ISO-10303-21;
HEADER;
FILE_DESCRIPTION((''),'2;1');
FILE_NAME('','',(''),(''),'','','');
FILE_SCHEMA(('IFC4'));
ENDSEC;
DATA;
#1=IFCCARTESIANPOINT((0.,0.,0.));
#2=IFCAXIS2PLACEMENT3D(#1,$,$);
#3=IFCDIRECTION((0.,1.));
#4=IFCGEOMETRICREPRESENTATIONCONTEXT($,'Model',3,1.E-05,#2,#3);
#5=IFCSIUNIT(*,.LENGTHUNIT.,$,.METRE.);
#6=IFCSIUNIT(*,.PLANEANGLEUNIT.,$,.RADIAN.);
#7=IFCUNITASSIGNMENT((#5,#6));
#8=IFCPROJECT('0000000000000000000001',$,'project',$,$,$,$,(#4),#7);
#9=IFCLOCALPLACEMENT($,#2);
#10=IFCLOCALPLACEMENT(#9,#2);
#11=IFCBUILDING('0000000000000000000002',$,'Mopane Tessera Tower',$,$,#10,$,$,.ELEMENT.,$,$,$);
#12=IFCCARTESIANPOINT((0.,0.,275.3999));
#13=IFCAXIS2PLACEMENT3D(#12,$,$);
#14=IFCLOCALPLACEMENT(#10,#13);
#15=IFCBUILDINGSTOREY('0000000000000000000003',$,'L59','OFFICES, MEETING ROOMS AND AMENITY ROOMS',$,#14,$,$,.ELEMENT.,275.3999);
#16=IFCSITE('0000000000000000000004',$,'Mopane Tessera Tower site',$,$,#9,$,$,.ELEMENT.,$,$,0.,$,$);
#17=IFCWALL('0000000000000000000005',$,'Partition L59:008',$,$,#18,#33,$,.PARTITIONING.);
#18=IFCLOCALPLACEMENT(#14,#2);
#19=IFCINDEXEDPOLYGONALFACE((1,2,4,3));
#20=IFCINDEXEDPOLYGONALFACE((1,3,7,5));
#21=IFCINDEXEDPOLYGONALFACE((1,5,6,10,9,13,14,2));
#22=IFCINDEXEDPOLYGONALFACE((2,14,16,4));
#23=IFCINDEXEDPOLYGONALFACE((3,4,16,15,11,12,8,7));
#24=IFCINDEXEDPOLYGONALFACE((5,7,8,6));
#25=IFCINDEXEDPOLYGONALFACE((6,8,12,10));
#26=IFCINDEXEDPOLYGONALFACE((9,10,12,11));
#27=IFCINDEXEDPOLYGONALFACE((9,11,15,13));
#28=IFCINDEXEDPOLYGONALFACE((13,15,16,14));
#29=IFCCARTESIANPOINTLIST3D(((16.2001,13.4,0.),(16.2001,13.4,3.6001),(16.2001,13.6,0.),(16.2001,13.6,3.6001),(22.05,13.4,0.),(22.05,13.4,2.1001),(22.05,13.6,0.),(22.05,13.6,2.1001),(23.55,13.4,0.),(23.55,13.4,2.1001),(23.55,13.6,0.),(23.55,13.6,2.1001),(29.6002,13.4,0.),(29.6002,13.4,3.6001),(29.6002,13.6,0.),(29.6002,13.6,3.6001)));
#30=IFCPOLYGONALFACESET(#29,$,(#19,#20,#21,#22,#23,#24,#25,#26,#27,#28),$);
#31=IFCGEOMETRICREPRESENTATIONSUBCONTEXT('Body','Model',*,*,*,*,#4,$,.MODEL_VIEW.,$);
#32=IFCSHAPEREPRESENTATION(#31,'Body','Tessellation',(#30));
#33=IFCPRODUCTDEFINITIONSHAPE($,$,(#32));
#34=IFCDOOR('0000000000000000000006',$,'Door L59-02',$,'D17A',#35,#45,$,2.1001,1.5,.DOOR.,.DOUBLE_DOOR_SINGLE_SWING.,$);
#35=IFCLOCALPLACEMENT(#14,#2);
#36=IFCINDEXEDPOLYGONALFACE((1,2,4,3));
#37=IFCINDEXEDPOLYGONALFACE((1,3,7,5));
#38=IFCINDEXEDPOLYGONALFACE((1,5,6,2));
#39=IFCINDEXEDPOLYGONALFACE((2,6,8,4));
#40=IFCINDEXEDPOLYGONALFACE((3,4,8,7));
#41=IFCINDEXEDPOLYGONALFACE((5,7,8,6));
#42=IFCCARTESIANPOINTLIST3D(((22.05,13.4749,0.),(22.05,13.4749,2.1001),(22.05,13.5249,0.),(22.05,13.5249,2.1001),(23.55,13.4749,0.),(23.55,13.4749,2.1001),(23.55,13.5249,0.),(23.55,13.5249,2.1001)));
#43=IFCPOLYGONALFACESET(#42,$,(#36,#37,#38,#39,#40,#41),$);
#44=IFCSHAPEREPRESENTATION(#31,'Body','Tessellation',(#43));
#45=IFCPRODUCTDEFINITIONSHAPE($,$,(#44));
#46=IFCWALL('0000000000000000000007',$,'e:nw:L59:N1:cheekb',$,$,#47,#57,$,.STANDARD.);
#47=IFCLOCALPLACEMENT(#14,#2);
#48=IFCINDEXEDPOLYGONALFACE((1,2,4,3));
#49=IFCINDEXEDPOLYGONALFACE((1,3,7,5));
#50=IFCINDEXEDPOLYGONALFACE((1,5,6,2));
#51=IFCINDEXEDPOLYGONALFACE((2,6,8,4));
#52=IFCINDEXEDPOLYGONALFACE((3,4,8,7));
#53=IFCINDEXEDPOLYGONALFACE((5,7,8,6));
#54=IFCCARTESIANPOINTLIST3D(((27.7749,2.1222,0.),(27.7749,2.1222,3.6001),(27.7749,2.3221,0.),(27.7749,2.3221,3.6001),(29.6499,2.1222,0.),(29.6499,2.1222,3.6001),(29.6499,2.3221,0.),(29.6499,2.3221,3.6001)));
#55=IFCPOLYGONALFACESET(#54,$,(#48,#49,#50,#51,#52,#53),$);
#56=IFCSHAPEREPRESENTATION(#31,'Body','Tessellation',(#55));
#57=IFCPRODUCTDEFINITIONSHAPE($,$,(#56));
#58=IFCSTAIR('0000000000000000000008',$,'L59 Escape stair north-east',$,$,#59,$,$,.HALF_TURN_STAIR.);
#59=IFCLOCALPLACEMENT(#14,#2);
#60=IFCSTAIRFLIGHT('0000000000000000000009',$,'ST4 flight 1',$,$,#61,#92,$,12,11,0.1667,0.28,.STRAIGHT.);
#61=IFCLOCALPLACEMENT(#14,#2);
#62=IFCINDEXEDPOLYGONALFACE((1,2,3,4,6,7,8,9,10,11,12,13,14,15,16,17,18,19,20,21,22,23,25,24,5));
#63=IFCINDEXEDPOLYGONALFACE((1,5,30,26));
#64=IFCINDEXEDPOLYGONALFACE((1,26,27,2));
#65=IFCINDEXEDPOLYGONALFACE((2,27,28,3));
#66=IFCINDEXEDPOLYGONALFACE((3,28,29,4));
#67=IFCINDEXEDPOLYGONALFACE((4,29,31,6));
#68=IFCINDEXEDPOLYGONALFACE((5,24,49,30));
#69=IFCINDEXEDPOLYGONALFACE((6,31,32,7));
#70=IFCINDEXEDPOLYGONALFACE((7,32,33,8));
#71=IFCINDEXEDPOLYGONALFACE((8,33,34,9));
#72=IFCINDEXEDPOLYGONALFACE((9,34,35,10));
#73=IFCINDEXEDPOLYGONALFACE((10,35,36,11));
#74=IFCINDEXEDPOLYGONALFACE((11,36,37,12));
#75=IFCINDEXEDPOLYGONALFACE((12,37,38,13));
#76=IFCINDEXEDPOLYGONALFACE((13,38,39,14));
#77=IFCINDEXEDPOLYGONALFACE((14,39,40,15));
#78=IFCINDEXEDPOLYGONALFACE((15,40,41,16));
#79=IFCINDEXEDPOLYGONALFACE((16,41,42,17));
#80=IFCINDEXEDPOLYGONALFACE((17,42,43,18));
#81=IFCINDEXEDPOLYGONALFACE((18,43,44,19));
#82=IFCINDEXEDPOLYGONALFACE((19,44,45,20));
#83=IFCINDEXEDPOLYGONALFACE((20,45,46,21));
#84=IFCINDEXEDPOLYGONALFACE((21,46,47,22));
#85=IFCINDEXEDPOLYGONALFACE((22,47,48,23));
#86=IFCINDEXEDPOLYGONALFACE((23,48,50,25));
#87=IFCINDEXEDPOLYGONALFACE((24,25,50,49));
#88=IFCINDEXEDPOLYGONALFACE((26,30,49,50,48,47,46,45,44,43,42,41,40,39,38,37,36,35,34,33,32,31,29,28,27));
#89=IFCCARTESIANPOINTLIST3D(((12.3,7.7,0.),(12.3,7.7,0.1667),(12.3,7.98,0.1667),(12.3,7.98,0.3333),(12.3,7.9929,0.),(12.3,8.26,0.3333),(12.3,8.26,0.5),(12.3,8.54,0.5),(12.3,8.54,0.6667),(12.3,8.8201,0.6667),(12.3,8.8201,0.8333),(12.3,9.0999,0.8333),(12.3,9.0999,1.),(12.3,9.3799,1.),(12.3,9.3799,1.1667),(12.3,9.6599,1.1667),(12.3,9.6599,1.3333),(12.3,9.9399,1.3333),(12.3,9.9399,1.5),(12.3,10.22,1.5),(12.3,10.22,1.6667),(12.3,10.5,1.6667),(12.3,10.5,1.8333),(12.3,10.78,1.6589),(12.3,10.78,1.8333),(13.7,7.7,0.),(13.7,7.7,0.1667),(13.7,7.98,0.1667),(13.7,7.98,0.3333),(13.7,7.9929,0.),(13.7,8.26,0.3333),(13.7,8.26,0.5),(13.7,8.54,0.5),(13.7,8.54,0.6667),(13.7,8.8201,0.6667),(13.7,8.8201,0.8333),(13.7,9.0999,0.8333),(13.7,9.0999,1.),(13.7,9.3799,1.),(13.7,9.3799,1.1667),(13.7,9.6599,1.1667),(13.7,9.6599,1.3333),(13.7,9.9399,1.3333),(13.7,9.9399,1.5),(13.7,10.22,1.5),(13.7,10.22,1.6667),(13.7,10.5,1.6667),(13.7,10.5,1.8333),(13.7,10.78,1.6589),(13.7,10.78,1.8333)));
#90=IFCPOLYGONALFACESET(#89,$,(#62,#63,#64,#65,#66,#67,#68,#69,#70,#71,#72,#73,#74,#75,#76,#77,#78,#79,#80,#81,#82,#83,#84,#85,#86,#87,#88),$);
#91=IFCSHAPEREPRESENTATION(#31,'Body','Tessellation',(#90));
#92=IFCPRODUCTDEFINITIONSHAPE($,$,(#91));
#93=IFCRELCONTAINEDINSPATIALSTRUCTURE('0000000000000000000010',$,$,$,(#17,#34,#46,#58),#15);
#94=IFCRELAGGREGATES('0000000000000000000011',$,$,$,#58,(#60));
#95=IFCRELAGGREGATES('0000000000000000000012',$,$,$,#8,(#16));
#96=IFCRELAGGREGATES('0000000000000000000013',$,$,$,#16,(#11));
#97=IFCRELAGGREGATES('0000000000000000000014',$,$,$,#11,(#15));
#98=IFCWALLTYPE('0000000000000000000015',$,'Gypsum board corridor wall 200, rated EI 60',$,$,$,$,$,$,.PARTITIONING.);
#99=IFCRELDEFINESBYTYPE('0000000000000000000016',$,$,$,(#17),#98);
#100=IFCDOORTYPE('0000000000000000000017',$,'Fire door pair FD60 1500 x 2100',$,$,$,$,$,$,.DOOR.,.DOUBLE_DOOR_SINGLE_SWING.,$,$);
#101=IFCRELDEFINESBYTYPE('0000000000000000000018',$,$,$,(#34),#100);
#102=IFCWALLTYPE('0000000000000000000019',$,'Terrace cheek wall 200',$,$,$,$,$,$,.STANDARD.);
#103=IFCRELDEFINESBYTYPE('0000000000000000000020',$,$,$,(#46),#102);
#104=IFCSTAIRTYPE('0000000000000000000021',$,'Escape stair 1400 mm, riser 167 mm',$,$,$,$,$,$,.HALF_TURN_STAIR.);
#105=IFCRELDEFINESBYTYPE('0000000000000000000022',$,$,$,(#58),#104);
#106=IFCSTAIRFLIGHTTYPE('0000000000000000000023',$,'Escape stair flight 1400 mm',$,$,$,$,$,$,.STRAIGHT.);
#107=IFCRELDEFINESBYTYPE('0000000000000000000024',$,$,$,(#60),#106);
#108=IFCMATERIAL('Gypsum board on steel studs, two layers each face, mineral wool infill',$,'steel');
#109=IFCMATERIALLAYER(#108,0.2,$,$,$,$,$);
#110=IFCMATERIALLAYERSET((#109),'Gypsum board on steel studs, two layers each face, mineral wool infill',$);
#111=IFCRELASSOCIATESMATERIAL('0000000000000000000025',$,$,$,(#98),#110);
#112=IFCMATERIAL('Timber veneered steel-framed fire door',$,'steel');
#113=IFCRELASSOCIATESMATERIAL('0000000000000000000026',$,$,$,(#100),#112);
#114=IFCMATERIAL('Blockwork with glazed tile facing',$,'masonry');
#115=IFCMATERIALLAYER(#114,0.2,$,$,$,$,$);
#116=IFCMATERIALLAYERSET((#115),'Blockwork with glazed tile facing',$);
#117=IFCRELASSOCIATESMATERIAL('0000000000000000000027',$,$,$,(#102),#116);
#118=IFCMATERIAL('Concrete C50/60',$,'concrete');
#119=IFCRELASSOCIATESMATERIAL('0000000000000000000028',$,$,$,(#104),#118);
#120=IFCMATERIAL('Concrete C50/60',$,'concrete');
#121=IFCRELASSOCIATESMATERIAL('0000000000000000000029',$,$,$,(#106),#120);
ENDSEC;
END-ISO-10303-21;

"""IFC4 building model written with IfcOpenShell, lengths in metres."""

from ifc_helpers import new_model, si_unit, direction, frame, frame_2d, origin, place, context, subcontext, project, spatial, polyline, rectangle, outline, extrude, material, layer, layer_set, type_object, element, fill, aggregate, save


model = new_model("IFC4")

# Units and contexts
model_context = context("Model", 3, precision=1e-05, world=origin(), true_north=direction((0.0, 1.0)))
body_context = subcontext(model_context, "Body", "Model", "MODEL_VIEW")
ifc_project = project(units=[si_unit("LENGTHUNIT", "METRE"), si_unit("PLANEANGLEUNIT", "RADIAN")], contexts=[model_context])

# Site, building, storey
site_placement = place(None, origin())
site = spatial("IfcSite", under=ifc_project, at=site_placement, Name="Mopane Tessera Tower site", CompositionType="ELEMENT", RefElevation=0.0)
building_placement = place(site_placement, origin())
building = spatial("IfcBuilding", under=site, at=building_placement, Name="Mopane Tessera Tower", CompositionType="ELEMENT")
storey_placement = place(building_placement, frame((0.0, 0.0, 275.3999)))
storey = spatial("IfcBuildingStorey", under=building, at=storey_placement, Name="L59", Description="OFFICES, MEETING ROOMS AND AMENITY ROOMS", CompositionType="ELEMENT", Elevation=275.3999)

# Wall, opening, door
ifc_material_1 = material(Name="Gypsum board on steel studs, two layers each face, mineral wool infill", Category="steel")
ifc_layer_1 = layer(ifc_material_1, 0.2)
ifc_layer_set_1 = layer_set([ifc_layer_1], Name="Gypsum board on steel studs, two layers each face, mineral wool infill")
wall_type_1 = type_object("IfcWallType", Name="Gypsum board corridor wall 200, rated EI 60", PredefinedType="PARTITIONING", material=ifc_layer_set_1)
wall_1_placement = place(storey_placement, frame((16.2, 13.5, 0.0), z_axis=(0.0, 0.0, 1.0), x_axis=(1.0, 0.0, 0.0)))
wall_1 = element("IfcWall", 1, at=wall_1_placement, inside=storey, type_object=wall_type_1, Name="Partition L59:008", PredefinedType="PARTITIONING", context=body_context, shape_type="SweptSolid", body=[
    extrude(rectangle(XDim=13.4001, YDim=0.2, at=frame_2d((6.7002, 0.0))), origin(), (0.0, 0.0, 1.0), 3.6001),
])
opening_placement = place(wall_1_placement, frame((5.8501, 0.0, 0.0)))
opening = element("IfcOpeningElement", 2, at=opening_placement, cuts=wall_1, PredefinedType="OPENING", context=body_context, shape_type="SweptSolid", body=[
    extrude(rectangle(XDim=1.5, YDim=2.1001, at=frame_2d((0.75, 1.05))), frame((0.0, 0.1121, 0.0), z_axis=(0.0, -1.0, 0.0), x_axis=(1.0, 0.0, 0.0)), (0.0, 0.0, 1.0), 0.2239),
])
ifc_material_2 = material(Name="Timber veneered steel-framed fire door", Category="steel")
door_type = type_object("IfcDoorType", Name="Fire door pair FD60 1500 x 2100", OperationType="DOUBLE_DOOR_SINGLE_SWING", PredefinedType="DOOR", material=ifc_material_2)
door_placement = place(opening_placement, origin())
door = element("IfcDoor", 3, at=door_placement, inside=storey, type_object=door_type, Name="Door L59-02", ObjectType="D17A", OperationType="DOUBLE_DOOR_SINGLE_SWING", OverallHeight=2.1001, OverallWidth=1.5, PredefinedType="DOOR", context=body_context, shape_type="SweptSolid", body=[
    extrude(rectangle(XDim=1.5, YDim=2.1001, at=frame_2d((0.75, 1.05))), frame((0.0, 0.0249, 0.0), z_axis=(0.0, -1.0, 0.0), x_axis=(1.0, 0.0, 0.0)), (0.0, 0.0, 1.0), 0.05),
])
fill(opening, door)

# Wall
ifc_material_3 = material(Name="Blockwork with glazed tile facing", Category="masonry")
ifc_layer_2 = layer(ifc_material_3, 0.2)
ifc_layer_set_2 = layer_set([ifc_layer_2], Name="Blockwork with glazed tile facing")
wall_type_2 = type_object("IfcWallType", Name="Terrace cheek wall 200", PredefinedType="STANDARD", material=ifc_layer_set_2)
wall_2_placement = place(storey_placement, frame((29.6499, 2.2222, 0.0), z_axis=(0.0, 0.0, 1.0), x_axis=(-1.0, 0.0, 0.0)))
element("IfcWall", 4, at=wall_2_placement, inside=storey, type_object=wall_type_2, Name="e:nw:L59:N1:cheekb", PredefinedType="STANDARD", context=body_context, shape_type="SweptSolid", body=[
    extrude(rectangle(XDim=1.875, YDim=0.2, at=frame_2d((0.9375, 0.0))), origin(), (0.0, 0.0, 1.0), 3.6001),
])

# Stair, stair flight
ifc_material_4 = material(Name="Concrete C50/60", Category="concrete")
stair_type = type_object("IfcStairType", Name="Escape stair 1400 mm, riser 167 mm", PredefinedType="HALF_TURN_STAIR", material=ifc_material_4)
stair_placement = place(storey_placement, origin())
stair = element("IfcStair", 5, at=stair_placement, inside=storey, type_object=stair_type, Name="L59 Escape stair north-east", PredefinedType="HALF_TURN_STAIR")
ifc_material_5 = material(Name="Concrete C50/60", Category="concrete")
stair_flight_type = type_object("IfcStairFlightType", Name="Escape stair flight 1400 mm", PredefinedType="STRAIGHT", material=ifc_material_5)
stair_flight_placement = place(storey_placement, frame((13.0, 7.7, 0.0), z_axis=(0.0, 0.0, 1.0), x_axis=(0.0, 1.0, 0.0)))
stair_flight = element("IfcStairFlight", 6, at=stair_flight_placement, type_object=stair_flight_type, Name="ST4 flight 1", NumberOfRisers=12, NumberOfTreads=11, PredefinedType="STRAIGHT", RiserHeight=0.1667, TreadLength=0.28, context=body_context, shape_type="SweptSolid", body=[
    extrude(outline(polyline([(0.0, 0.0), (0.0, 0.1667), (0.28, 0.1667), (0.28, 0.3333), (0.5601, 0.3333), (0.5601, 0.5), (0.8401, 0.5), (0.8401, 0.6667), (1.1201, 0.6667), (1.1201, 0.8333), (1.3999, 0.8333), (1.3999, 1.0), (1.6799, 1.0), (1.6799, 1.1667), (1.96, 1.1667), (1.96, 1.3333), (2.24, 1.3333), (2.24, 1.5), (2.52, 1.5), (2.52, 1.6667), (2.8, 1.6667), (2.8, 1.8333), (3.0801, 1.8333), (3.0801, 2.0), (3.0801, 1.6589), (0.293, 0.0), (0.0, 0.0)])), frame((0.0, 0.7, 0.0), z_axis=(0.0, -1.0, 0.0), x_axis=(1.0, 0.0, 0.0)), (0.0, 0.0, 1.0), 1.3999),
])
aggregate(stair, [stair_flight])

save(model, "model.ifc")
